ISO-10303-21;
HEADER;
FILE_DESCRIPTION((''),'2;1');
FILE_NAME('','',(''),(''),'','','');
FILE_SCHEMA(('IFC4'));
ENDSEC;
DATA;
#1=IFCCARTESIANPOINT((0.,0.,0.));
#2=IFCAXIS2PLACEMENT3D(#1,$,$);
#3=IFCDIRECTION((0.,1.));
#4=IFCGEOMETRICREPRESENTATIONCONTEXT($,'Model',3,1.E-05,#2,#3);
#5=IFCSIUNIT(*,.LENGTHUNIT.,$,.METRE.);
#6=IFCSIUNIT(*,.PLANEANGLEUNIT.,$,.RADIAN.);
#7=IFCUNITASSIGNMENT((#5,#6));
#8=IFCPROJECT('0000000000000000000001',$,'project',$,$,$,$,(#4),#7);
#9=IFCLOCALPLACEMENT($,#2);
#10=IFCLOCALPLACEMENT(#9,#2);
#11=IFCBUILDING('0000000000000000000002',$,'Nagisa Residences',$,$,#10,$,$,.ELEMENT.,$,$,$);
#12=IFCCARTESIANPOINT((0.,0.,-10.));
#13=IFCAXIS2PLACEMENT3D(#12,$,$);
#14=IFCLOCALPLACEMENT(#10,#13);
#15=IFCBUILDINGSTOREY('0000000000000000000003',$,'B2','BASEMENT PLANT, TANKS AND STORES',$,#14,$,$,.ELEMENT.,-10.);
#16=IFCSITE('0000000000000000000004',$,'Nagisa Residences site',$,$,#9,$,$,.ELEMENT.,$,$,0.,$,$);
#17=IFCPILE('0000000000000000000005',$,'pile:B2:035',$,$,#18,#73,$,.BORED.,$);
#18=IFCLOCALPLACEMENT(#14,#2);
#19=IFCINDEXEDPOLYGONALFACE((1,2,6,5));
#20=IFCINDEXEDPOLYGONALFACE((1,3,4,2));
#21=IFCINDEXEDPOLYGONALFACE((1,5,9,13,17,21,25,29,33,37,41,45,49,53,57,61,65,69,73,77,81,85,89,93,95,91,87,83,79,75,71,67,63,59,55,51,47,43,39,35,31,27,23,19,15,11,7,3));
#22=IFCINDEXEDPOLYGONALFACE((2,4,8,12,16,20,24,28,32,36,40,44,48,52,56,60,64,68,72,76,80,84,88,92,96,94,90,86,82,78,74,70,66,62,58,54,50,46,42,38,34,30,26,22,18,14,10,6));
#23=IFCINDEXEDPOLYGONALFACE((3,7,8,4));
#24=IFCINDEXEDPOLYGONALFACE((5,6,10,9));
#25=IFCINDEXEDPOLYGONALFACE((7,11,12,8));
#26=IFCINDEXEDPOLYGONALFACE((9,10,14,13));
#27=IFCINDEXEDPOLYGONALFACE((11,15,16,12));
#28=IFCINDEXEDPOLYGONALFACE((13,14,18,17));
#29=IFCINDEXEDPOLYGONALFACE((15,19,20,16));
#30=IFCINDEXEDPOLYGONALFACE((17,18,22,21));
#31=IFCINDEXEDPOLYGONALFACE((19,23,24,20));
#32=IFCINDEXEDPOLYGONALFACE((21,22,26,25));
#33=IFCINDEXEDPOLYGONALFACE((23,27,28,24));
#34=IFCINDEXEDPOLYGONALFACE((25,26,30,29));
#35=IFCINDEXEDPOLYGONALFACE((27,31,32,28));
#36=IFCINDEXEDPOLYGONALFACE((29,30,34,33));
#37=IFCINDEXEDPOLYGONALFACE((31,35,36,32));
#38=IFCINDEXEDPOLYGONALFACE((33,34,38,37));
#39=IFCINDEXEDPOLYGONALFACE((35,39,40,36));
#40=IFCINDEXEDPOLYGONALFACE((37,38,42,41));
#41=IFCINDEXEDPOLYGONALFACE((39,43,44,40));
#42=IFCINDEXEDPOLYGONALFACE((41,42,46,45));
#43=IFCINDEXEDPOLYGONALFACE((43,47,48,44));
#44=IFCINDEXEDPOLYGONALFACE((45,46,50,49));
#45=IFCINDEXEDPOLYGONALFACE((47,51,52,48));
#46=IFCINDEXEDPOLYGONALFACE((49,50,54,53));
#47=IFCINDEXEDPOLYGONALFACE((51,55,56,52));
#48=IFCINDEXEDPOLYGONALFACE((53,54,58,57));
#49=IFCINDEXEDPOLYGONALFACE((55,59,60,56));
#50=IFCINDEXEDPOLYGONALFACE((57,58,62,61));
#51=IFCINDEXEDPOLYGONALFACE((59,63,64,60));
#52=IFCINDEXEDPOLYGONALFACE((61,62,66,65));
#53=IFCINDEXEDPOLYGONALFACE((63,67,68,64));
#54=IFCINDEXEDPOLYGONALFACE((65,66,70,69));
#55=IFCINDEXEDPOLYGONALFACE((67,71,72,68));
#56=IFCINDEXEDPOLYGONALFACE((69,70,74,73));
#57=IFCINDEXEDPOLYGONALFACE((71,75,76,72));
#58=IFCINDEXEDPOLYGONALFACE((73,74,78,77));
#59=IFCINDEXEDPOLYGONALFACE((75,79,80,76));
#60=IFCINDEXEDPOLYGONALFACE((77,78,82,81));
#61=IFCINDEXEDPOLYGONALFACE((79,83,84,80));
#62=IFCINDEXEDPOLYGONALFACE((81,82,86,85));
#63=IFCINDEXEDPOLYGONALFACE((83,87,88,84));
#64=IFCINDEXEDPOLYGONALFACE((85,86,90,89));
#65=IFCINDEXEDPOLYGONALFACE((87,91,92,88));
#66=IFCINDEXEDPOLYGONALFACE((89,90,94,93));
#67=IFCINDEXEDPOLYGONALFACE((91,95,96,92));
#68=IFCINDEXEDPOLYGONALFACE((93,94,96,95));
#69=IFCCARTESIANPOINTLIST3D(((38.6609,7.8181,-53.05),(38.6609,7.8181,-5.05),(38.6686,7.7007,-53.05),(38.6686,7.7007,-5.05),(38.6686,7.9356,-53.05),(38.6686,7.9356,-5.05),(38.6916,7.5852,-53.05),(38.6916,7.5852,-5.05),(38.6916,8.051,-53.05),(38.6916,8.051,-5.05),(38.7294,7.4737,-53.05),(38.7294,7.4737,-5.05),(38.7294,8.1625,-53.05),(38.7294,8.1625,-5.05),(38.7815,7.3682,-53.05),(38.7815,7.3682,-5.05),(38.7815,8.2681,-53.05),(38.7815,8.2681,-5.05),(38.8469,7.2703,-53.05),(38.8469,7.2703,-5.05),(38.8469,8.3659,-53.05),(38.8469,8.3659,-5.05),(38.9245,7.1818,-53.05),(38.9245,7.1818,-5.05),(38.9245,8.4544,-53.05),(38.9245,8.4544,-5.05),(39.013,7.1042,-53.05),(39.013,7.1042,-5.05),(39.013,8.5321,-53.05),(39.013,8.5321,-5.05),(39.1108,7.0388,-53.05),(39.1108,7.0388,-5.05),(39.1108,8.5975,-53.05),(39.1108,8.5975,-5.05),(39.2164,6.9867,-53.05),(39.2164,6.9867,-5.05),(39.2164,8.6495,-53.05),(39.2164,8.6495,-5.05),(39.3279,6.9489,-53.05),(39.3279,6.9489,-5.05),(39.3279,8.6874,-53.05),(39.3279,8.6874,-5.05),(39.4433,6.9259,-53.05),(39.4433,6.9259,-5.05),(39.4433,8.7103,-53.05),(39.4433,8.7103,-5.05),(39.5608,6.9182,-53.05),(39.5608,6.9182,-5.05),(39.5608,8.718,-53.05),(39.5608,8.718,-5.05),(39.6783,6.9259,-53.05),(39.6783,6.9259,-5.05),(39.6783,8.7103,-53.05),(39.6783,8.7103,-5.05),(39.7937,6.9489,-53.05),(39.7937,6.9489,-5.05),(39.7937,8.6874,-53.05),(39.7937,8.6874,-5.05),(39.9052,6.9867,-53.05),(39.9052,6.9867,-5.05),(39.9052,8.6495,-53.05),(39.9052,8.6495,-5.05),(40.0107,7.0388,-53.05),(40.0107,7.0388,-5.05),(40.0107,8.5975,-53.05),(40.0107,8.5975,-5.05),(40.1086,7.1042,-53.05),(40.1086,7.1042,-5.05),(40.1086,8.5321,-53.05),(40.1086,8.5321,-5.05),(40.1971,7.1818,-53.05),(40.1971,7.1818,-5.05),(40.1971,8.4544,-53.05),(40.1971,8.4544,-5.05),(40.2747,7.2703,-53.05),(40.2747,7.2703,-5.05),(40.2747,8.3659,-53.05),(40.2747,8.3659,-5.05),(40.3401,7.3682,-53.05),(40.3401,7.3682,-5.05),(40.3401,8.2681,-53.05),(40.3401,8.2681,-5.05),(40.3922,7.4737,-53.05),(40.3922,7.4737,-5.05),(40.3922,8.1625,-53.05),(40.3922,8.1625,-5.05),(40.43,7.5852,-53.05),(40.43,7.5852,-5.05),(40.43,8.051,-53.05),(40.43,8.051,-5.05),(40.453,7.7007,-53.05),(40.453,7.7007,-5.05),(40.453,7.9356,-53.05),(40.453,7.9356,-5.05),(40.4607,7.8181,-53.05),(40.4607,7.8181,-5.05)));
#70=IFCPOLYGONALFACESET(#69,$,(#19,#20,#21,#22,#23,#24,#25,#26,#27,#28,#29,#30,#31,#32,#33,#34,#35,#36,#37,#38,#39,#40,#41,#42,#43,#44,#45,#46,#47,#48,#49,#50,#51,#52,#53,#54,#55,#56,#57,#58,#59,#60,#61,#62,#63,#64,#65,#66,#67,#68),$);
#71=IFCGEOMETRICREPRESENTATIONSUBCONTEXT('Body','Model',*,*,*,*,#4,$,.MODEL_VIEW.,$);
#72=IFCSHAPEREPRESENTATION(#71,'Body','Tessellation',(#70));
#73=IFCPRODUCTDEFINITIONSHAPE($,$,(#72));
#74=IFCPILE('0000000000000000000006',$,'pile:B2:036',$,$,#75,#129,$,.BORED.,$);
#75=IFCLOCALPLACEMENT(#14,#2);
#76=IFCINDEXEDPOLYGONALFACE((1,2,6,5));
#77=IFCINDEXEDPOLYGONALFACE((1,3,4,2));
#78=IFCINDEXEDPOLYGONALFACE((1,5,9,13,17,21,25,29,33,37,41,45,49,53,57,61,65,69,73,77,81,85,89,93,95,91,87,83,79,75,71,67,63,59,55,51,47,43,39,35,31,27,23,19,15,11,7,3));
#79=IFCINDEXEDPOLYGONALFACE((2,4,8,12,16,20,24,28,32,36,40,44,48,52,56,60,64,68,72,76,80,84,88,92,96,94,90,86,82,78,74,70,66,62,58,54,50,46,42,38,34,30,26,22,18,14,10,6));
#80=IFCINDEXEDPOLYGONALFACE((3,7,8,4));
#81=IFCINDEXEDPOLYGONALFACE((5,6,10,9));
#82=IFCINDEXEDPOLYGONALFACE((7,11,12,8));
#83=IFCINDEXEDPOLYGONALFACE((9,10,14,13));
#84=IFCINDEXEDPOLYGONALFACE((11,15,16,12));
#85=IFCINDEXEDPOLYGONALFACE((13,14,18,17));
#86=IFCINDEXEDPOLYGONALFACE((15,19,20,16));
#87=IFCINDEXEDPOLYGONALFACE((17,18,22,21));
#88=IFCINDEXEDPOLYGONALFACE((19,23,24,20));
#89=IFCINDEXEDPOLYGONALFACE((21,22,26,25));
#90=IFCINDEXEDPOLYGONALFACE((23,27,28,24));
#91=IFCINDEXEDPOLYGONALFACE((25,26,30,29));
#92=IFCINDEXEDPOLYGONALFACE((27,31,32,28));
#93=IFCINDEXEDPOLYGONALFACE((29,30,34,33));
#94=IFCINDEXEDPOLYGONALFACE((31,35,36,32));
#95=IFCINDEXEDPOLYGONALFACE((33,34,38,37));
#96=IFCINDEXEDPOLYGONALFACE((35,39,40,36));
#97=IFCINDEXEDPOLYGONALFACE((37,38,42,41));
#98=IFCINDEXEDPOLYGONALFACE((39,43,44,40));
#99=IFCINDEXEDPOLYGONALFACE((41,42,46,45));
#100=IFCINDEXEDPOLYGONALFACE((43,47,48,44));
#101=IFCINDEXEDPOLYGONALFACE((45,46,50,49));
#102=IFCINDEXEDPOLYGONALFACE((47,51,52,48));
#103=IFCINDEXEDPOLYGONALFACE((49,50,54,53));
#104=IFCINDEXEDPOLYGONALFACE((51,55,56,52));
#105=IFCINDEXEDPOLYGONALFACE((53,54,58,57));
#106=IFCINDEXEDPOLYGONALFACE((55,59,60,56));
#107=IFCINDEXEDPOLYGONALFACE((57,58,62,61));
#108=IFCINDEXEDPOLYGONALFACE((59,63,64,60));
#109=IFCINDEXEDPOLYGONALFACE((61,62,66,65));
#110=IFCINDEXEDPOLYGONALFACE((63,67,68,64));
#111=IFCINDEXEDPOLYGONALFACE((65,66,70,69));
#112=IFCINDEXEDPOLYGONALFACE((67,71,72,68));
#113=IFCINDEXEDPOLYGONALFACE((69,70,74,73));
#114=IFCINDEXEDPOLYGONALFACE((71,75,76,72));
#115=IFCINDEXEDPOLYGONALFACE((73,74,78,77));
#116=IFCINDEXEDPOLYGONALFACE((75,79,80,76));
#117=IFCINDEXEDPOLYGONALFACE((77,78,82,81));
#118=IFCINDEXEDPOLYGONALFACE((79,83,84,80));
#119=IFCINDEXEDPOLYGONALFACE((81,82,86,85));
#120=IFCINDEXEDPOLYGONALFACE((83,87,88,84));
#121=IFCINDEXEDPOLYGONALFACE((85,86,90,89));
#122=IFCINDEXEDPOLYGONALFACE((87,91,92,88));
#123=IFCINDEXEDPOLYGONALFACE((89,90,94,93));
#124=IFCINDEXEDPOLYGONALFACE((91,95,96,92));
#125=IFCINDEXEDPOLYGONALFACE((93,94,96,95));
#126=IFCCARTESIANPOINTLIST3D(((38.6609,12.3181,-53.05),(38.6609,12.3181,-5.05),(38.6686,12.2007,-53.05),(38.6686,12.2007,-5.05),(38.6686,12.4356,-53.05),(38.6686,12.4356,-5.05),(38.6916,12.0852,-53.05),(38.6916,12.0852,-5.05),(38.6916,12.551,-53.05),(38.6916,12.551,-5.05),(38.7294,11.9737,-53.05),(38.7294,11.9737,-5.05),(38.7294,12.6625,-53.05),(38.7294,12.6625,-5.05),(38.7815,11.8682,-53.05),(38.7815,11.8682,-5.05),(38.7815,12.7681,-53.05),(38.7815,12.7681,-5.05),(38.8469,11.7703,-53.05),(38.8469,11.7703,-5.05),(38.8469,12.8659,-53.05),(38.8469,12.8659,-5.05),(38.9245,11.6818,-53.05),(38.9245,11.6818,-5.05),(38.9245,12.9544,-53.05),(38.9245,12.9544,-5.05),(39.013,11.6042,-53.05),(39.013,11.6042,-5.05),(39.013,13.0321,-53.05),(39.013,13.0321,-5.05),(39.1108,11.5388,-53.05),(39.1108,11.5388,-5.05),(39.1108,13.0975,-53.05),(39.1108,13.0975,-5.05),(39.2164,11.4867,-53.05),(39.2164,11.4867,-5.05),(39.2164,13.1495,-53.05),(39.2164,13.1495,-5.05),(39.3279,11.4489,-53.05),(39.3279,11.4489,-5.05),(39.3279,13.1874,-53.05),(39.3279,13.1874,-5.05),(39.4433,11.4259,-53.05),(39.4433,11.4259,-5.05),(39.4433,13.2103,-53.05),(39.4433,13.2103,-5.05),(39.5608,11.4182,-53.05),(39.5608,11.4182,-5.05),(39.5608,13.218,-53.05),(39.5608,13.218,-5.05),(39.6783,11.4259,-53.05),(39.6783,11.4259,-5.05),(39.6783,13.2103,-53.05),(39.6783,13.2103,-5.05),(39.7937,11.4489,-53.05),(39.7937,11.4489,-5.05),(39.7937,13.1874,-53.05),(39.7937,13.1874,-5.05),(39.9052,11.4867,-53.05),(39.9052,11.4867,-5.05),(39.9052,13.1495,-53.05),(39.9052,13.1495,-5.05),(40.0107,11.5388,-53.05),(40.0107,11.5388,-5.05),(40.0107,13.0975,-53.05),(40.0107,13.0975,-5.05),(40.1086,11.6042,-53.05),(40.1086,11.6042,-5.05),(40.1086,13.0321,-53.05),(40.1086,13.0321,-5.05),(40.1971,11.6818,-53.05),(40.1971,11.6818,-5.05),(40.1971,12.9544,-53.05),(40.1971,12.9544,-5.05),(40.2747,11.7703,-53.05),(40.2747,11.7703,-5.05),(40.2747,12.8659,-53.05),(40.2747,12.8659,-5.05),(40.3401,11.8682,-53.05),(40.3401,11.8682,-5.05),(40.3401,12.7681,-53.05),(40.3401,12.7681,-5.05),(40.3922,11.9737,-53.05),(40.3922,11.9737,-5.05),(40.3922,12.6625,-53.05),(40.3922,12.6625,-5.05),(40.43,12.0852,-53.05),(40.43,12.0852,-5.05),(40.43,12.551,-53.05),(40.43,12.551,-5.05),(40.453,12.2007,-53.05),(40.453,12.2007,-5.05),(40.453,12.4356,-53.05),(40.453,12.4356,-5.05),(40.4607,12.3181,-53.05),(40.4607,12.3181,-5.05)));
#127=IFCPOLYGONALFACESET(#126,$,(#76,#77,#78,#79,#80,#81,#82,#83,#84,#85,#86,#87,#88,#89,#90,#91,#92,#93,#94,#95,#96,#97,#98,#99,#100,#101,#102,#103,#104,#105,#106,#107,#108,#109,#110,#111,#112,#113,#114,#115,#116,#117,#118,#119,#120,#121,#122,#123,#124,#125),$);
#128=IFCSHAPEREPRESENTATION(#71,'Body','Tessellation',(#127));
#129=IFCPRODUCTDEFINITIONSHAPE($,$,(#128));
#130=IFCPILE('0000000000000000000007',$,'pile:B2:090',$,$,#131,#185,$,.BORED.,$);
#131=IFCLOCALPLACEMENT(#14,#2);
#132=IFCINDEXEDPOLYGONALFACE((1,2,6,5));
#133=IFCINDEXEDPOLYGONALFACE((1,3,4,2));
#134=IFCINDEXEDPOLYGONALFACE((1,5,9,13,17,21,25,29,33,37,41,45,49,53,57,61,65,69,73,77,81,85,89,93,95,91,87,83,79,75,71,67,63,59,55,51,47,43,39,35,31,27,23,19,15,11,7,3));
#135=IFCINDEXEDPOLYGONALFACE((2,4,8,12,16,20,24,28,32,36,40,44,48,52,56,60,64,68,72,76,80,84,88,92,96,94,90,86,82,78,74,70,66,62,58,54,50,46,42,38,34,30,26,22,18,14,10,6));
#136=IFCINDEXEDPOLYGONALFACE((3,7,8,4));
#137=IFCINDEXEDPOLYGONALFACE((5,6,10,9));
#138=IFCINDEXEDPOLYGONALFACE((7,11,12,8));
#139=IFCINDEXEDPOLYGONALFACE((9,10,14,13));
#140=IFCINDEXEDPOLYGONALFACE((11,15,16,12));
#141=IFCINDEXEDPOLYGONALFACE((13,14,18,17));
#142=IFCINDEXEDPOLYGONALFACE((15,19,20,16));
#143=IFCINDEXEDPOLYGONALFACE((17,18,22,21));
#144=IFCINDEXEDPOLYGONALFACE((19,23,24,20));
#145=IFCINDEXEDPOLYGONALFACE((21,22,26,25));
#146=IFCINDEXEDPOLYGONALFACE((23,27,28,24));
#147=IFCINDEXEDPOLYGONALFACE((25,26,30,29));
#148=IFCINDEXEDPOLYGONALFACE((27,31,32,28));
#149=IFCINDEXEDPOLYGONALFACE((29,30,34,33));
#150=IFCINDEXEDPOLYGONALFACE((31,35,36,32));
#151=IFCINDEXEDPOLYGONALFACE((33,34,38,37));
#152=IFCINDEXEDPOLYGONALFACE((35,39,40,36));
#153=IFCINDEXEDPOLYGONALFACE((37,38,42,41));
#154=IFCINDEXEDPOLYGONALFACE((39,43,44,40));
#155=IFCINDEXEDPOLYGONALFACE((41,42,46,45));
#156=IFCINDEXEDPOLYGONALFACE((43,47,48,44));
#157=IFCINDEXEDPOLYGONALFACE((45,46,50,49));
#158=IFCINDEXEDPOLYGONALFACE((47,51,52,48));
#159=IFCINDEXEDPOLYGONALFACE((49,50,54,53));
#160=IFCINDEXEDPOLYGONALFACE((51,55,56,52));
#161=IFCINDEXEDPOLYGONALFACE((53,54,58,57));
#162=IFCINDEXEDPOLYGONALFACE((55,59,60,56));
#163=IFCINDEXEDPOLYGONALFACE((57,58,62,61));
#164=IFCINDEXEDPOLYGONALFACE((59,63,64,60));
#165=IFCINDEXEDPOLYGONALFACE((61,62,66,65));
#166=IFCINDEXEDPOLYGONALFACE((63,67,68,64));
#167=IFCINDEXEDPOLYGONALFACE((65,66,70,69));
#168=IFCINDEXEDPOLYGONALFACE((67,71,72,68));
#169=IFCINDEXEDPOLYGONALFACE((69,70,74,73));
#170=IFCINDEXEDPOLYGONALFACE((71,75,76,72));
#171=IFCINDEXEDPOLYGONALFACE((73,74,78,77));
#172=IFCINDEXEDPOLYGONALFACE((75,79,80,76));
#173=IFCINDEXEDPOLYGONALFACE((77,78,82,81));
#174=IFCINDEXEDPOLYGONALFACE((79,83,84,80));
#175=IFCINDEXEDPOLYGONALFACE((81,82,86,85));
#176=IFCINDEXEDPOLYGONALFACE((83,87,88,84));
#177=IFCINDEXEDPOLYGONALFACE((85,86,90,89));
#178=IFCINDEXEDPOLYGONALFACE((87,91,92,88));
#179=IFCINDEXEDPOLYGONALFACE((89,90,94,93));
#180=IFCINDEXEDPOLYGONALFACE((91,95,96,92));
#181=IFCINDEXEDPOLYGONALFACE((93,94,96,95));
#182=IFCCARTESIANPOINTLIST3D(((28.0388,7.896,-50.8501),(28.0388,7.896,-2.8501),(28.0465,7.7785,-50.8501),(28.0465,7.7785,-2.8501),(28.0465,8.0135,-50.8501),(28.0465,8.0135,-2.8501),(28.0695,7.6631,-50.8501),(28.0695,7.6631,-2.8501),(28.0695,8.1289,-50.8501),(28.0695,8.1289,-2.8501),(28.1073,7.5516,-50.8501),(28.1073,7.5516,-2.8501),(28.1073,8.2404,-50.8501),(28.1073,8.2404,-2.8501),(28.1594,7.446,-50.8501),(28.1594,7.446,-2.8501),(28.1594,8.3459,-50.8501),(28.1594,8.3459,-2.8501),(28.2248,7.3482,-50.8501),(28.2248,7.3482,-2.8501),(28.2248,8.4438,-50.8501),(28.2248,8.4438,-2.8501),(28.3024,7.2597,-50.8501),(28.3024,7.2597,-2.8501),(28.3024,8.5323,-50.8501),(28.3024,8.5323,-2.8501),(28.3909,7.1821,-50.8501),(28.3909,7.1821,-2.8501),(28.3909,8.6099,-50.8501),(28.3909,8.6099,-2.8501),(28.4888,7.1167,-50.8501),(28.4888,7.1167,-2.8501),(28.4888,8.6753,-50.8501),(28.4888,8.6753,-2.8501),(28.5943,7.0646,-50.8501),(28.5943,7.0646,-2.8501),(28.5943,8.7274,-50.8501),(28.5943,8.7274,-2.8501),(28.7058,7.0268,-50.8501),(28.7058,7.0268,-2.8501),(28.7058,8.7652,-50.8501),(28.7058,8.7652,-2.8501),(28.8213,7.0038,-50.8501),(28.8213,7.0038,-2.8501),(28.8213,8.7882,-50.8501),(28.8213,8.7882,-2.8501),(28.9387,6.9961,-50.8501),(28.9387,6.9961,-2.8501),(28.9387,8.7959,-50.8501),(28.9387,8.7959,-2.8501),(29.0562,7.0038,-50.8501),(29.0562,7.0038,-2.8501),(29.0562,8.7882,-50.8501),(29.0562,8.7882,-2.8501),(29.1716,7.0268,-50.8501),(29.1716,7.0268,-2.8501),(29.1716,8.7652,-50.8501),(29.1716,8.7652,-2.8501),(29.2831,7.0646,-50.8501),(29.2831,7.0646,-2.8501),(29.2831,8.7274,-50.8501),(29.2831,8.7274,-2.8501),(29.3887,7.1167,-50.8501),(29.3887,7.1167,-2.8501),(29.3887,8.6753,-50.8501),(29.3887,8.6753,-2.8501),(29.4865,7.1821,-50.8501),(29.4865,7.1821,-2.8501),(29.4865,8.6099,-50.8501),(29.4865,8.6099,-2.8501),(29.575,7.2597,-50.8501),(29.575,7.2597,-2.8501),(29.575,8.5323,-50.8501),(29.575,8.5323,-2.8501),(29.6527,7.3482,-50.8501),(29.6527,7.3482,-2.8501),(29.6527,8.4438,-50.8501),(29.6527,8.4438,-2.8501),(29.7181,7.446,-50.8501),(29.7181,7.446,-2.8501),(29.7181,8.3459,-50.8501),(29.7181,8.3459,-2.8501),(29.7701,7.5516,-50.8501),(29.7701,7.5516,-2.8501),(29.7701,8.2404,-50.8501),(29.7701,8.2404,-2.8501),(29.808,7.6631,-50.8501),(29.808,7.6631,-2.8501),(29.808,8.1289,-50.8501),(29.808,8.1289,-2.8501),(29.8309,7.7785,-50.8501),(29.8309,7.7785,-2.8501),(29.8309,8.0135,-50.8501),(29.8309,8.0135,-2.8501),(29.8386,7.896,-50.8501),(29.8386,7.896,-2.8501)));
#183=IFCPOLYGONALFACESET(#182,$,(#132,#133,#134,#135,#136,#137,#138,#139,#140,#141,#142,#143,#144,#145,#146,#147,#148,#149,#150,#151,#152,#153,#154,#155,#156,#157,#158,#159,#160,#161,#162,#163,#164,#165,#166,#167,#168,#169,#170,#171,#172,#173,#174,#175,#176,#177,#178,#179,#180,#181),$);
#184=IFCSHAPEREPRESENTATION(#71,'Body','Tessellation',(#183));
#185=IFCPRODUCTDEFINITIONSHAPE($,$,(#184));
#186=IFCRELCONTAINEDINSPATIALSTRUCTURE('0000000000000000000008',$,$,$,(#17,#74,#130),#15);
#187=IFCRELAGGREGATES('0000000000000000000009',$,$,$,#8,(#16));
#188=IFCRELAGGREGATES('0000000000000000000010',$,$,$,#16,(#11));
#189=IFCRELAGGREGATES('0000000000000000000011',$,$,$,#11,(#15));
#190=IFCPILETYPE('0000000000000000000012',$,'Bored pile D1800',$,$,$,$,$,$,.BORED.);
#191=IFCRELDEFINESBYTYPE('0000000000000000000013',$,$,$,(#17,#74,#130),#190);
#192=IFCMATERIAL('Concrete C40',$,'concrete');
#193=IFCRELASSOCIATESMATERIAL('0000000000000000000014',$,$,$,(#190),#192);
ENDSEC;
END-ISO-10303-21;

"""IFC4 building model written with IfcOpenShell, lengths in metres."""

from ifc_helpers import new_model, si_unit, direction, frame, origin, origin_2d, place, context, subcontext, project, spatial, circle, extrude, material, material_profile, profile_set, type_object, element, save


model = new_model("IFC4")

# Units and contexts
model_context = context("Model", 3, precision=1e-05, world=origin(), true_north=direction((0.0, 1.0)))
body_context = subcontext(model_context, "Body", "Model", "MODEL_VIEW")
ifc_project = project(units=[si_unit("LENGTHUNIT", "METRE"), si_unit("PLANEANGLEUNIT", "RADIAN")], contexts=[model_context])

# Site, building, storey
site_placement = place(None, origin())
site = spatial("IfcSite", under=ifc_project, at=site_placement, Name="Nagisa Residences site", CompositionType="ELEMENT", RefElevation=0.0)
building_placement = place(site_placement, origin())
building = spatial("IfcBuilding", under=site, at=building_placement, Name="Nagisa Residences", CompositionType="ELEMENT")
storey_placement = place(building_placement, frame((0.0, 0.0, -10.0)))
storey = spatial("IfcBuildingStorey", under=building, at=storey_placement, Name="B2", Description="BASEMENT PLANT, TANKS AND STORES", CompositionType="ELEMENT", Elevation=-10.0)

# Piles
ifc_material_1 = material(Name="Concrete C40", Category="concrete")
ifc_material_profile_1 = material_profile(ifc_material_1, circle(Radius=0.8999, at=origin_2d()), Name="Bored pile D1800")
ifc_profile_set_1 = profile_set([ifc_material_profile_1], Name="Concrete C40")
pile_type = type_object("IfcPileType", Name="Bored pile D1800", PredefinedType="BORED", material=ifc_profile_set_1)
for number, where, z_axis, x_axis, name in (
    (1, (39.5608, 7.8181, -5.05), (0.0, 0.0, -1.0), (1.0, 0.0, 0.0), "pile:B2:035"),
    (2, (39.5608, 12.3181, -5.05), (0.0, 0.0, -1.0), (1.0, 0.0, 0.0), "pile:B2:036"),
    (3, (28.9387, 7.896, -2.8501), (0.0, 0.0, -1.0), (1.0, 0.0, 0.0), "pile:B2:090"),
):
    element("IfcPile", number, at=place(storey_placement, frame(where, z_axis=z_axis, x_axis=x_axis)), inside=storey, type_object=pile_type, Name=name, PredefinedType="BORED", context=body_context, shape_type="SweptSolid", body=[
        extrude(circle(Radius=0.8999, at=origin_2d()), origin(), (0.0, 0.0, 1.0), 48.0),
    ])

save(model, "model.ifc")
